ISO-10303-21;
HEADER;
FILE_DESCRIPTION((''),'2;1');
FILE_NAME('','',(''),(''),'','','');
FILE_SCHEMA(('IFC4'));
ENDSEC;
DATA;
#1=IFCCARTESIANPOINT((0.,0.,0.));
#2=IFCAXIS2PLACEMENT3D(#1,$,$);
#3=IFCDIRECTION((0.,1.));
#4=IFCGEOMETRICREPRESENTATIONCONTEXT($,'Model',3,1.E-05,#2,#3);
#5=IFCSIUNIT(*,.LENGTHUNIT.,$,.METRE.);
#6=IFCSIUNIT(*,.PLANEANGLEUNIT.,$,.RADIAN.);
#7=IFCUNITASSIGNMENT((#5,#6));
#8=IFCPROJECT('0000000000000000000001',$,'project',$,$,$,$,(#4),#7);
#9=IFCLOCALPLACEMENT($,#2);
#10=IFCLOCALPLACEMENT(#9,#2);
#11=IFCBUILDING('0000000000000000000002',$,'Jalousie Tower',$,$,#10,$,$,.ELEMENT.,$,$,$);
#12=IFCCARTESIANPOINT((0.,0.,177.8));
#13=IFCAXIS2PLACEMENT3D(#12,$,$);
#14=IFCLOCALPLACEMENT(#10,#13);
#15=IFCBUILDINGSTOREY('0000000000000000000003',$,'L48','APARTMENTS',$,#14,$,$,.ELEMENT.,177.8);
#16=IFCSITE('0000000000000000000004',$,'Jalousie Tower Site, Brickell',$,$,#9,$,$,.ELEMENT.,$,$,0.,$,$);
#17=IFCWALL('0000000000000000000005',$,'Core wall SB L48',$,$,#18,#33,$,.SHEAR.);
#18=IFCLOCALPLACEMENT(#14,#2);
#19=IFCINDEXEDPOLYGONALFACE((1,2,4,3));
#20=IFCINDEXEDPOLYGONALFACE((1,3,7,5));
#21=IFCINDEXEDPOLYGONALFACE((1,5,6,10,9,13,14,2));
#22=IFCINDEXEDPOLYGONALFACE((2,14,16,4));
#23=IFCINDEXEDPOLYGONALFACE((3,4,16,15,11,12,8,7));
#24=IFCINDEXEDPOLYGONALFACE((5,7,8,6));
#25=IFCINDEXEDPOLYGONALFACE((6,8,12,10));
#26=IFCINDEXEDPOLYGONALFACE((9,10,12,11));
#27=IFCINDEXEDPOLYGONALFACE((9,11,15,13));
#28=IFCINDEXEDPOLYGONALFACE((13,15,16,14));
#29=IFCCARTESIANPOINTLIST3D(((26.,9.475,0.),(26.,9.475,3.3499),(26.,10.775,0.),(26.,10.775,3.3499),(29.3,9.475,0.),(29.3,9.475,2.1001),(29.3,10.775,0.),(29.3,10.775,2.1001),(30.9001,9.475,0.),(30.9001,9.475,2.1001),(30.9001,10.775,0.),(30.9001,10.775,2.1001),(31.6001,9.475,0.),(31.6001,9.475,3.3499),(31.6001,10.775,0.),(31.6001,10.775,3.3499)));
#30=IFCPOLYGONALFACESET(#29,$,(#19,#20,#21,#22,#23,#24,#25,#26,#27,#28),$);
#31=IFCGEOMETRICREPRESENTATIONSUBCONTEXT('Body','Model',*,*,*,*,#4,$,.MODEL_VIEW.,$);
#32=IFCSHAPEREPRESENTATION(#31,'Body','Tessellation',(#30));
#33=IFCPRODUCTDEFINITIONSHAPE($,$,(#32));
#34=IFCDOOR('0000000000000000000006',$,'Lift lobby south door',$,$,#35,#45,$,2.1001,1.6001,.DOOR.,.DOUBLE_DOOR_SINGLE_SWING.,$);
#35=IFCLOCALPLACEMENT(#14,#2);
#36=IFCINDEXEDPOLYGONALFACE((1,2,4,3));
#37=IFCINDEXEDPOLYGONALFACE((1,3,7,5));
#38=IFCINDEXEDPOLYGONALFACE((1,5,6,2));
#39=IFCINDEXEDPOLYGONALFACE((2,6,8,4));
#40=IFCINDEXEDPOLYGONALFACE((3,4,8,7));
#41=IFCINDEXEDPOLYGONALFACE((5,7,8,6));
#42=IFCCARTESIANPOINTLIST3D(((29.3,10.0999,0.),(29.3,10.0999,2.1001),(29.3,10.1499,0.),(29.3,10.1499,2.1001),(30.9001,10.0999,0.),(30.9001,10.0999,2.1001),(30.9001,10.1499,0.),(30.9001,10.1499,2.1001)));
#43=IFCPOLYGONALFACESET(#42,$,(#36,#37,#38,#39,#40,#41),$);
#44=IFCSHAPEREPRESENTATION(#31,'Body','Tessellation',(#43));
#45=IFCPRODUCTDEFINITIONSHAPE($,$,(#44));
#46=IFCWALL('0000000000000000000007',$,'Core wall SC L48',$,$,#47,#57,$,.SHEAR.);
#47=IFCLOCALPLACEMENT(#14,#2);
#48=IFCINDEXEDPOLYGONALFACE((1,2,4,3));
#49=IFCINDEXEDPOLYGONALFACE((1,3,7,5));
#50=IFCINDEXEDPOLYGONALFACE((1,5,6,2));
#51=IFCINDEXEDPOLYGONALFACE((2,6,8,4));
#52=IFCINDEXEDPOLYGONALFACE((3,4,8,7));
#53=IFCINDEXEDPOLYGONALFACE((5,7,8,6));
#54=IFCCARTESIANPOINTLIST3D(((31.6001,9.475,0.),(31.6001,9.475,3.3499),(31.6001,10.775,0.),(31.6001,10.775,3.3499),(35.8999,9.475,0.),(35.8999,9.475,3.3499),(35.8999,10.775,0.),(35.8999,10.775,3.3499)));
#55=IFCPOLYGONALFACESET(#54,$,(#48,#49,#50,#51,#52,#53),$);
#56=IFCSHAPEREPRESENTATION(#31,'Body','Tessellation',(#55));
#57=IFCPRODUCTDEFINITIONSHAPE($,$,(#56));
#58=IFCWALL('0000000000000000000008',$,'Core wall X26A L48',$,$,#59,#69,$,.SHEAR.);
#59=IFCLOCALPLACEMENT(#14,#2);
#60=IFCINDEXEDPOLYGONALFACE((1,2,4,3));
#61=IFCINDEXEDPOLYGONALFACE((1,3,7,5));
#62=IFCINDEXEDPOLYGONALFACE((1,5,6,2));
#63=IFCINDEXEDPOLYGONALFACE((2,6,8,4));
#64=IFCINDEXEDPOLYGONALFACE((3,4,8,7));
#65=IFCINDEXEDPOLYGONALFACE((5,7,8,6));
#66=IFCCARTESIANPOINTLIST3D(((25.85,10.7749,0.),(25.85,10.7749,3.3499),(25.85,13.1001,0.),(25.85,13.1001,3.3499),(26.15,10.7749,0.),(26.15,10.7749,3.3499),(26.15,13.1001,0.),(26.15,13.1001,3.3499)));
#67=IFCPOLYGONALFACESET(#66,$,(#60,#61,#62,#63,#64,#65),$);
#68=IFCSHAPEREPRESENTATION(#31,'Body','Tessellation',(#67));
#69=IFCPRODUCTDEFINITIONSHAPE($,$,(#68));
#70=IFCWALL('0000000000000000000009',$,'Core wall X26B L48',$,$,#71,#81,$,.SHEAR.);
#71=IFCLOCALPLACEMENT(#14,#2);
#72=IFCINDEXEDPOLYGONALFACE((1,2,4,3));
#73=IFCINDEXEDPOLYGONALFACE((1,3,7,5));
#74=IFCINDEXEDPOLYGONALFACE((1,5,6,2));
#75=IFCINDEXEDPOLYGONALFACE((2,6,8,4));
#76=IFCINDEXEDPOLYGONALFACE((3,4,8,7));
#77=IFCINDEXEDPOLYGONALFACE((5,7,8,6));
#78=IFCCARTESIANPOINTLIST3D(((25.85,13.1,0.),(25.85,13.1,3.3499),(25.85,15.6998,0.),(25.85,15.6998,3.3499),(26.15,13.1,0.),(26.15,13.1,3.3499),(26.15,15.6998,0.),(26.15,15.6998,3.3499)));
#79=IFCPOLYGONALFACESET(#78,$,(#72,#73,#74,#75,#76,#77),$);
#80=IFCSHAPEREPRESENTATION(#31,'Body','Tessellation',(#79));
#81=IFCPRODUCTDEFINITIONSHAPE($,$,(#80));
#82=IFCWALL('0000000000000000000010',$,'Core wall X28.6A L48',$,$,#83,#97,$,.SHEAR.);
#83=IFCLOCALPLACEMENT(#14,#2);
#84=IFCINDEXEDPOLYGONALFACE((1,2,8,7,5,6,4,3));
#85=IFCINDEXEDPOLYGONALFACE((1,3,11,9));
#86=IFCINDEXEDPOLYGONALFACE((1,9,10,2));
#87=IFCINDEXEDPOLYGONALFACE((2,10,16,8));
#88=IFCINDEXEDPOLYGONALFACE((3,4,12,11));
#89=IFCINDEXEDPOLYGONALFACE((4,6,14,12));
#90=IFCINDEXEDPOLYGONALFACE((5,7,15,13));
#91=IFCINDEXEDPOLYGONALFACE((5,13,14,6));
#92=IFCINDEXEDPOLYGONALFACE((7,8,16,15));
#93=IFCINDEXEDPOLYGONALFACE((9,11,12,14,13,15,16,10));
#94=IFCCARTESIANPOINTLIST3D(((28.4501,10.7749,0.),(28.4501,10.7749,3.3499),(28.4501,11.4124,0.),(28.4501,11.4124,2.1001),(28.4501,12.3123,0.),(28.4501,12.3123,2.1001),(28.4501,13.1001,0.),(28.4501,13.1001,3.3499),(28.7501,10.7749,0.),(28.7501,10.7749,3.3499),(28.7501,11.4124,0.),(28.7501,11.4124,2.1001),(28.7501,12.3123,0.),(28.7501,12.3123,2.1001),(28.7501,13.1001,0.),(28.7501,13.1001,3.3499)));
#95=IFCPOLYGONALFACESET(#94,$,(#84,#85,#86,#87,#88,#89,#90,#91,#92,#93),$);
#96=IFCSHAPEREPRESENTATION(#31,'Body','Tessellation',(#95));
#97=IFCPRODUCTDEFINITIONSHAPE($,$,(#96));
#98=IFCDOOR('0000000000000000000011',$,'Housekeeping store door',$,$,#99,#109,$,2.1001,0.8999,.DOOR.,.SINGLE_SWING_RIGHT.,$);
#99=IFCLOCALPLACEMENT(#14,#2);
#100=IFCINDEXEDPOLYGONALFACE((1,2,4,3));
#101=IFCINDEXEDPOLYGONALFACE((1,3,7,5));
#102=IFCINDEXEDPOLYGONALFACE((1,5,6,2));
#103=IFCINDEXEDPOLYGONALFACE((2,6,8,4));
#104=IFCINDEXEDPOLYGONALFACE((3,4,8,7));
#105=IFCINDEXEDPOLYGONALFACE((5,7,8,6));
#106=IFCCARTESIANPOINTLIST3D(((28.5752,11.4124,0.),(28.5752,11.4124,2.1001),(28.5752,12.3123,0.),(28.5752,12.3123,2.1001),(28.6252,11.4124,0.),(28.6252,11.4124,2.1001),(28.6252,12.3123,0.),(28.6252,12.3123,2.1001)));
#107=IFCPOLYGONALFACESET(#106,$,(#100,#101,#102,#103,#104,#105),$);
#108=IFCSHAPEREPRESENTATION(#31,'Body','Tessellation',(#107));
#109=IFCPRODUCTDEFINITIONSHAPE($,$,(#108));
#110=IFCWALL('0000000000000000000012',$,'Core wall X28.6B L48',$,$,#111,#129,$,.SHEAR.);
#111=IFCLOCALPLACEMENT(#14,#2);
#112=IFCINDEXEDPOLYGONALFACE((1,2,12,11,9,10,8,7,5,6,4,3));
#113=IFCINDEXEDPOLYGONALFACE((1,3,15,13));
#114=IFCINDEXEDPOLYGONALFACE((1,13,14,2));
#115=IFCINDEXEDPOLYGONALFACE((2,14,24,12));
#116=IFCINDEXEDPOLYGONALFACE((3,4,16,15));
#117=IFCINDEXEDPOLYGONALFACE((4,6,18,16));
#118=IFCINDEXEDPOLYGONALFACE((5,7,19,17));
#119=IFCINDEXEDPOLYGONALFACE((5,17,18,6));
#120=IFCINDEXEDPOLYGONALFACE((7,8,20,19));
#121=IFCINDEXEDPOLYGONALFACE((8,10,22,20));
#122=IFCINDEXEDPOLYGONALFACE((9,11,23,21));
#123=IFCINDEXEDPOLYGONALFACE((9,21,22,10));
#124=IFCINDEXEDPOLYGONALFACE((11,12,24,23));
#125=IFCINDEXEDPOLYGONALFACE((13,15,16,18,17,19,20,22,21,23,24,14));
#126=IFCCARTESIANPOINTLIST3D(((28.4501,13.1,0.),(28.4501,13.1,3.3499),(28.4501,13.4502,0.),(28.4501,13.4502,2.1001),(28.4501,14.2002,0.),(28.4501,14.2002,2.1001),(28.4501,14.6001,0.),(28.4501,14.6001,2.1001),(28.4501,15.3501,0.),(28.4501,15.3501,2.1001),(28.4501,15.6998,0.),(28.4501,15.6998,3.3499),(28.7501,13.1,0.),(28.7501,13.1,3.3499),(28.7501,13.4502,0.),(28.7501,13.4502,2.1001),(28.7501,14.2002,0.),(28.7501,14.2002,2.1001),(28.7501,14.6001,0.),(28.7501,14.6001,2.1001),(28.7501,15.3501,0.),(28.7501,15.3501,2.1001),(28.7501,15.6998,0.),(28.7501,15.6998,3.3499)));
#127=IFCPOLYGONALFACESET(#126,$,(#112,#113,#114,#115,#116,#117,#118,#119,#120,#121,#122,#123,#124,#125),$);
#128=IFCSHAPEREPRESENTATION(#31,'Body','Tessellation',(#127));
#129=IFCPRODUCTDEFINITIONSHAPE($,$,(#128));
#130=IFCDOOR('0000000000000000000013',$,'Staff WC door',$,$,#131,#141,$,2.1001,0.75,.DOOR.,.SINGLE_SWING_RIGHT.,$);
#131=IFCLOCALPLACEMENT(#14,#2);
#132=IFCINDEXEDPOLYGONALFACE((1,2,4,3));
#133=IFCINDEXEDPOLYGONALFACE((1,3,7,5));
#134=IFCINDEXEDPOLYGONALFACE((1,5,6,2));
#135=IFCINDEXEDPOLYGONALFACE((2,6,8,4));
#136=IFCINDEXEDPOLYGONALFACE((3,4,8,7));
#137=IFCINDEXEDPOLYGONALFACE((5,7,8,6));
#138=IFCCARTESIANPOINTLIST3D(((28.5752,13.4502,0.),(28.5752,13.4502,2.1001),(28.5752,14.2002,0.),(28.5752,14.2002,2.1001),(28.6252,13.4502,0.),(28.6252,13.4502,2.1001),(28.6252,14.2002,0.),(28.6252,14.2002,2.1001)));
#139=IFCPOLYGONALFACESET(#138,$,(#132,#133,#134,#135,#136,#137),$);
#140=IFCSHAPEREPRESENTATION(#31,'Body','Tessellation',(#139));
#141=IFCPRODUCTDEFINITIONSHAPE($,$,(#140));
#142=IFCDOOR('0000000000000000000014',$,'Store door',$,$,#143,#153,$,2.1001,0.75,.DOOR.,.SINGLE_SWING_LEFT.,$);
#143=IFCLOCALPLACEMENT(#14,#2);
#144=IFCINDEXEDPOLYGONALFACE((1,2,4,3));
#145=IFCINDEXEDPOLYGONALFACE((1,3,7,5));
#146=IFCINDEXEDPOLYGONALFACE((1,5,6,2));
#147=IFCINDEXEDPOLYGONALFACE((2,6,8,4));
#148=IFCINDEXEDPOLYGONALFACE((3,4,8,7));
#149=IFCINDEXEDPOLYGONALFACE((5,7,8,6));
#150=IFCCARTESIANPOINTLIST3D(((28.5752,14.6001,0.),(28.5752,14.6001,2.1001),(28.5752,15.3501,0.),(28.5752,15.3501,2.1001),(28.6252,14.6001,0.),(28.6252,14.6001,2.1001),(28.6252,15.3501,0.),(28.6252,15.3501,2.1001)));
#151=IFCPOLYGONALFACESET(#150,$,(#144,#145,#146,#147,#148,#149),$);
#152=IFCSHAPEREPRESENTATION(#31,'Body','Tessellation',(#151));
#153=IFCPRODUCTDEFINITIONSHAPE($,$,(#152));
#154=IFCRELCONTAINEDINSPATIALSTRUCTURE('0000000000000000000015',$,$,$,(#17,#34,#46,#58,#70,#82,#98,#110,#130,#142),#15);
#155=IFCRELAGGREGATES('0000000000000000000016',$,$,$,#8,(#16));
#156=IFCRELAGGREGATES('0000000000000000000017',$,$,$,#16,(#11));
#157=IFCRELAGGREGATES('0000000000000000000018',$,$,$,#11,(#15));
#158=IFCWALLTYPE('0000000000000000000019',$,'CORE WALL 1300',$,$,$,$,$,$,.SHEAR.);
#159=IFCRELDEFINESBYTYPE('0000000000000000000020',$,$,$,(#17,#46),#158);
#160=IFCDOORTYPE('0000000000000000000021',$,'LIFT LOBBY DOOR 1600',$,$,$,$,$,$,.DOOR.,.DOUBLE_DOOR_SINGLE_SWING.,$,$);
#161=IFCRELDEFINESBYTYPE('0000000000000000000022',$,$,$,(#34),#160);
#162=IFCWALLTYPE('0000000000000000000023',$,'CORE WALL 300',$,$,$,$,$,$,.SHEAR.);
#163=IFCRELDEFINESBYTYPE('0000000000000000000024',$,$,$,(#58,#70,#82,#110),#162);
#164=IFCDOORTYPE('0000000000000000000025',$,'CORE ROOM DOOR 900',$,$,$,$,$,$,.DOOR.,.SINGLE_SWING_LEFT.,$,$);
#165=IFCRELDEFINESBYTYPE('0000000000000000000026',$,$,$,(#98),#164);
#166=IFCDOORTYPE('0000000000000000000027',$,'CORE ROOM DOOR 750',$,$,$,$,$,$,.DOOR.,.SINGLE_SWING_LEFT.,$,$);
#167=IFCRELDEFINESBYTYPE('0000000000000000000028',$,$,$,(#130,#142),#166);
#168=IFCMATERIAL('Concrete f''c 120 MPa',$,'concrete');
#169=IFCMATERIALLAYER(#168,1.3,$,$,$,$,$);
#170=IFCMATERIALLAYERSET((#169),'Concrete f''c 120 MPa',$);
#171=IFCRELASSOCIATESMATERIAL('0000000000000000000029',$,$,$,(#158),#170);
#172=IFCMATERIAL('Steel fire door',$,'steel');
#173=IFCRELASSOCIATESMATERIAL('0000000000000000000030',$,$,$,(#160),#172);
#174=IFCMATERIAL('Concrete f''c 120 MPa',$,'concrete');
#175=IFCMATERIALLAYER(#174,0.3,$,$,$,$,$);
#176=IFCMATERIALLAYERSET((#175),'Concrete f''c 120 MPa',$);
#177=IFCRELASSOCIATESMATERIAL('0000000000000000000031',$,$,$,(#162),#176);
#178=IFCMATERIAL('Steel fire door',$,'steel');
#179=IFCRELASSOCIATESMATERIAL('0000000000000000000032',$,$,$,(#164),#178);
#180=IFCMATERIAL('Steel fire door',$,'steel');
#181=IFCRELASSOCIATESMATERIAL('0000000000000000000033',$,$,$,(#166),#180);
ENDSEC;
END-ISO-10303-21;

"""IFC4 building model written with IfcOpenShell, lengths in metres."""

from ifc_helpers import new_model, si_unit, direction, frame, frame_2d, origin, place, context, subcontext, project, spatial, rectangle, extrude, material, layer, layer_set, type_object, element, fill, save


model = new_model("IFC4")

# Units and contexts
model_context = context("Model", 3, precision=1e-05, world=origin(), true_north=direction((0.0, 1.0)))
body_context = subcontext(model_context, "Body", "Model", "MODEL_VIEW")
ifc_project = project(units=[si_unit("LENGTHUNIT", "METRE"), si_unit("PLANEANGLEUNIT", "RADIAN")], contexts=[model_context])

# Site, building, storey
site_placement = place(None, origin())
site = spatial("IfcSite", under=ifc_project, at=site_placement, Name="Jalousie Tower Site, Brickell", CompositionType="ELEMENT", RefElevation=0.0)
building_placement = place(site_placement, origin())
building = spatial("IfcBuilding", under=site, at=building_placement, Name="Jalousie Tower", CompositionType="ELEMENT")
storey_placement = place(building_placement, frame((0.0, 0.0, 177.8)))
storey = spatial("IfcBuildingStorey", under=building, at=storey_placement, Name="L48", Description="APARTMENTS", CompositionType="ELEMENT", Elevation=177.8)

# Wall, opening, door
ifc_material_1 = material(Name="Concrete f'c 120 MPa", Category="concrete")
ifc_layer_1 = layer(ifc_material_1, 1.3)
ifc_layer_set_1 = layer_set([ifc_layer_1], Name="Concrete f'c 120 MPa")
wall_type_1 = type_object("IfcWallType", Name="CORE WALL 1300", PredefinedType="SHEAR", material=ifc_layer_set_1)
wall_1_placement = place(storey_placement, frame((26.0, 10.125, 0.0), z_axis=(0.0, 0.0, 1.0), x_axis=(1.0, 0.0, 0.0)))
wall_1 = element("IfcWall", 1, at=wall_1_placement, inside=storey, type_object=wall_type_1, Name="Core wall SB L48", PredefinedType="SHEAR", context=body_context, shape_type="SweptSolid", body=[
    extrude(rectangle(XDim=5.6001, YDim=1.3, at=frame_2d((2.8, 0.0))), origin(), (0.0, 0.0, 1.0), 3.3499),
])
opening_1_placement = place(wall_1_placement, frame((3.3, 0.0, 0.0)))
opening_1 = element("IfcOpeningElement", 2, at=opening_1_placement, cuts=wall_1, PredefinedType="OPENING", context=body_context, shape_type="SweptSolid", body=[
    extrude(rectangle(XDim=1.6001, YDim=2.1001, at=frame_2d((0.8, 1.05))), frame((0.0, 0.6599, 0.0), z_axis=(0.0, -1.0, 0.0), x_axis=(1.0, 0.0, 0.0)), (0.0, 0.0, 1.0), 1.3201),
])
ifc_material_2 = material(Name="Steel fire door", Category="steel")
door_type_1 = type_object("IfcDoorType", Name="LIFT LOBBY DOOR 1600", OperationType="DOUBLE_DOOR_SINGLE_SWING", PredefinedType="DOOR", material=ifc_material_2)
door_1_placement = place(opening_1_placement, origin())
door_1 = element("IfcDoor", 3, at=door_1_placement, inside=storey, type_object=door_type_1, Name="Lift lobby south door", OperationType="DOUBLE_DOOR_SINGLE_SWING", OverallHeight=2.1001, OverallWidth=1.6001, PredefinedType="DOOR", context=body_context, shape_type="SweptSolid", body=[
    extrude(rectangle(XDim=1.6001, YDim=2.1001, at=frame_2d((0.8, 1.05))), frame((0.0, 0.0249, 0.0), z_axis=(0.0, -1.0, 0.0), x_axis=(1.0, 0.0, 0.0)), (0.0, 0.0, 1.0), 0.05),
])
fill(opening_1, door_1)

# Walls
wall_2_placement = place(storey_placement, frame((31.6001, 10.125, 0.0), z_axis=(0.0, 0.0, 1.0), x_axis=(1.0, 0.0, 0.0)))
element("IfcWall", 4, at=wall_2_placement, inside=storey, type_object=wall_type_1, Name="Core wall SC L48", PredefinedType="SHEAR", context=body_context, shape_type="SweptSolid", body=[
    extrude(rectangle(XDim=4.2998, YDim=1.3, at=frame_2d((2.1499, 0.0))), origin(), (0.0, 0.0, 1.0), 3.3499),
])
ifc_material_3 = material(Name="Concrete f'c 120 MPa", Category="concrete")
ifc_layer_2 = layer(ifc_material_3, 0.3)
ifc_layer_set_2 = layer_set([ifc_layer_2], Name="Concrete f'c 120 MPa")
wall_type_2 = type_object("IfcWallType", Name="CORE WALL 300", PredefinedType="SHEAR", material=ifc_layer_set_2)
wall_3_placement = place(storey_placement, frame((26.0, 10.7749, 0.0), z_axis=(0.0, 0.0, 1.0), x_axis=(0.0, 1.0, 0.0)))
element("IfcWall", 5, at=wall_3_placement, inside=storey, type_object=wall_type_2, Name="Core wall X26A L48", PredefinedType="SHEAR", context=body_context, shape_type="SweptSolid", body=[
    extrude(rectangle(XDim=2.3252, YDim=0.3, at=frame_2d((1.1626, 0.0))), origin(), (0.0, 0.0, 1.0), 3.3499),
])
wall_4_placement = place(storey_placement, frame((26.0, 13.1001, 0.0), z_axis=(0.0, 0.0, 1.0), x_axis=(0.0, 1.0, 0.0)))
element("IfcWall", 6, at=wall_4_placement, inside=storey, type_object=wall_type_2, Name="Core wall X26B L48", PredefinedType="SHEAR", context=body_context, shape_type="SweptSolid", body=[
    extrude(rectangle(XDim=2.5999, YDim=0.3, at=frame_2d((1.2998, 0.0))), origin(), (0.0, 0.0, 1.0), 3.3499),
])

# Wall, opening, door
wall_5_placement = place(storey_placement, frame((28.6001, 10.7749, 0.0), z_axis=(0.0, 0.0, 1.0), x_axis=(0.0, 1.0, 0.0)))
wall_5 = element("IfcWall", 7, at=wall_5_placement, inside=storey, type_object=wall_type_2, Name="Core wall X28.6A L48", PredefinedType="SHEAR", context=body_context, shape_type="SweptSolid", body=[
    extrude(rectangle(XDim=2.3252, YDim=0.3, at=frame_2d((1.1626, 0.0))), origin(), (0.0, 0.0, 1.0), 3.3499),
])
opening_2_placement = place(wall_5_placement, frame((0.6375, 0.0, 0.0)))
opening_2 = element("IfcOpeningElement", 8, at=opening_2_placement, cuts=wall_5, PredefinedType="OPENING", context=body_context, shape_type="SweptSolid", body=[
    extrude(rectangle(XDim=0.8999, YDim=2.1001, at=frame_2d((0.45, 1.05))), frame((0.0, 0.1599, 0.0), z_axis=(0.0, -1.0, 0.0), x_axis=(1.0, 0.0, 0.0)), (0.0, 0.0, 1.0), 0.3201),
])
ifc_material_4 = material(Name="Steel fire door", Category="steel")
door_type_2 = type_object("IfcDoorType", Name="CORE ROOM DOOR 900", OperationType="SINGLE_SWING_LEFT", PredefinedType="DOOR", material=ifc_material_4)
door_2_placement = place(opening_2_placement, origin())
door_2 = element("IfcDoor", 9, at=door_2_placement, inside=storey, type_object=door_type_2, Name="Housekeeping store door", OperationType="SINGLE_SWING_RIGHT", OverallHeight=2.1001, OverallWidth=0.8999, PredefinedType="DOOR", context=body_context, shape_type="SweptSolid", body=[
    extrude(rectangle(XDim=0.8999, YDim=2.1001, at=frame_2d((0.45, 1.05))), frame((0.0, 0.0249, 0.0), z_axis=(0.0, -1.0, 0.0), x_axis=(1.0, 0.0, 0.0)), (0.0, 0.0, 1.0), 0.05),
])
fill(opening_2, door_2)

# Wall, openings, doors
wall_6_placement = place(storey_placement, frame((28.6001, 13.1001, 0.0), z_axis=(0.0, 0.0, 1.0), x_axis=(0.0, 1.0, 0.0)))
wall_6 = element("IfcWall", 10, at=wall_6_placement, inside=storey, type_object=wall_type_2, Name="Core wall X28.6B L48", PredefinedType="SHEAR", context=body_context, shape_type="SweptSolid", body=[
    extrude(rectangle(XDim=2.5999, YDim=0.3, at=frame_2d((1.2998, 0.0))), origin(), (0.0, 0.0, 1.0), 3.3499),
])
opening_3_placement = place(wall_6_placement, frame((0.3501, 0.0, 0.0)))
opening_3 = element("IfcOpeningElement", 11, at=opening_3_placement, cuts=wall_6, PredefinedType="OPENING", context=body_context, shape_type="SweptSolid", body=[
    extrude(rectangle(XDim=0.75, YDim=2.1001, at=frame_2d((0.375, 1.05))), frame((0.0, 0.1599, 0.0), z_axis=(0.0, -1.0, 0.0), x_axis=(1.0, 0.0, 0.0)), (0.0, 0.0, 1.0), 0.3201),
])
opening_4_placement = place(wall_6_placement, frame((1.5, 0.0, 0.0)))
opening_4 = element("IfcOpeningElement", 12, at=opening_4_placement, cuts=wall_6, PredefinedType="OPENING", context=body_context, shape_type="SweptSolid", body=[
    extrude(rectangle(XDim=0.75, YDim=2.1001, at=frame_2d((0.375, 1.05))), frame((0.0, 0.1599, 0.0), z_axis=(0.0, -1.0, 0.0), x_axis=(1.0, 0.0, 0.0)), (0.0, 0.0, 1.0), 0.3201),
])
ifc_material_5 = material(Name="Steel fire door", Category="steel")
door_type_3 = type_object("IfcDoorType", Name="CORE ROOM DOOR 750", OperationType="SINGLE_SWING_LEFT", PredefinedType="DOOR", material=ifc_material_5)
door_3_placement = place(opening_3_placement, origin())
door_3 = element("IfcDoor", 13, at=door_3_placement, inside=storey, type_object=door_type_3, Name="Staff WC door", OperationType="SINGLE_SWING_RIGHT", OverallHeight=2.1001, OverallWidth=0.75, PredefinedType="DOOR", context=body_context, shape_type="SweptSolid", body=[
    extrude(rectangle(XDim=0.75, YDim=2.1001, at=frame_2d((0.375, 1.05))), frame((0.0, 0.0249, 0.0), z_axis=(0.0, -1.0, 0.0), x_axis=(1.0, 0.0, 0.0)), (0.0, 0.0, 1.0), 0.05),
])
fill(opening_3, door_3)
door_4_placement = place(opening_4_placement, origin())
door_4 = element("IfcDoor", 14, at=door_4_placement, inside=storey, type_object=door_type_3, Name="Store door", OperationType="SINGLE_SWING_LEFT", OverallHeight=2.1001, OverallWidth=0.75, PredefinedType="DOOR", context=body_context, shape_type="SweptSolid", body=[
    extrude(rectangle(XDim=0.75, YDim=2.1001, at=frame_2d((0.375, 1.05))), frame((0.0, 0.0249, 0.0), z_axis=(0.0, -1.0, 0.0), x_axis=(1.0, 0.0, 0.0)), (0.0, 0.0, 1.0), 0.05),
])
fill(opening_4, door_4)

save(model, "model.ifc")
